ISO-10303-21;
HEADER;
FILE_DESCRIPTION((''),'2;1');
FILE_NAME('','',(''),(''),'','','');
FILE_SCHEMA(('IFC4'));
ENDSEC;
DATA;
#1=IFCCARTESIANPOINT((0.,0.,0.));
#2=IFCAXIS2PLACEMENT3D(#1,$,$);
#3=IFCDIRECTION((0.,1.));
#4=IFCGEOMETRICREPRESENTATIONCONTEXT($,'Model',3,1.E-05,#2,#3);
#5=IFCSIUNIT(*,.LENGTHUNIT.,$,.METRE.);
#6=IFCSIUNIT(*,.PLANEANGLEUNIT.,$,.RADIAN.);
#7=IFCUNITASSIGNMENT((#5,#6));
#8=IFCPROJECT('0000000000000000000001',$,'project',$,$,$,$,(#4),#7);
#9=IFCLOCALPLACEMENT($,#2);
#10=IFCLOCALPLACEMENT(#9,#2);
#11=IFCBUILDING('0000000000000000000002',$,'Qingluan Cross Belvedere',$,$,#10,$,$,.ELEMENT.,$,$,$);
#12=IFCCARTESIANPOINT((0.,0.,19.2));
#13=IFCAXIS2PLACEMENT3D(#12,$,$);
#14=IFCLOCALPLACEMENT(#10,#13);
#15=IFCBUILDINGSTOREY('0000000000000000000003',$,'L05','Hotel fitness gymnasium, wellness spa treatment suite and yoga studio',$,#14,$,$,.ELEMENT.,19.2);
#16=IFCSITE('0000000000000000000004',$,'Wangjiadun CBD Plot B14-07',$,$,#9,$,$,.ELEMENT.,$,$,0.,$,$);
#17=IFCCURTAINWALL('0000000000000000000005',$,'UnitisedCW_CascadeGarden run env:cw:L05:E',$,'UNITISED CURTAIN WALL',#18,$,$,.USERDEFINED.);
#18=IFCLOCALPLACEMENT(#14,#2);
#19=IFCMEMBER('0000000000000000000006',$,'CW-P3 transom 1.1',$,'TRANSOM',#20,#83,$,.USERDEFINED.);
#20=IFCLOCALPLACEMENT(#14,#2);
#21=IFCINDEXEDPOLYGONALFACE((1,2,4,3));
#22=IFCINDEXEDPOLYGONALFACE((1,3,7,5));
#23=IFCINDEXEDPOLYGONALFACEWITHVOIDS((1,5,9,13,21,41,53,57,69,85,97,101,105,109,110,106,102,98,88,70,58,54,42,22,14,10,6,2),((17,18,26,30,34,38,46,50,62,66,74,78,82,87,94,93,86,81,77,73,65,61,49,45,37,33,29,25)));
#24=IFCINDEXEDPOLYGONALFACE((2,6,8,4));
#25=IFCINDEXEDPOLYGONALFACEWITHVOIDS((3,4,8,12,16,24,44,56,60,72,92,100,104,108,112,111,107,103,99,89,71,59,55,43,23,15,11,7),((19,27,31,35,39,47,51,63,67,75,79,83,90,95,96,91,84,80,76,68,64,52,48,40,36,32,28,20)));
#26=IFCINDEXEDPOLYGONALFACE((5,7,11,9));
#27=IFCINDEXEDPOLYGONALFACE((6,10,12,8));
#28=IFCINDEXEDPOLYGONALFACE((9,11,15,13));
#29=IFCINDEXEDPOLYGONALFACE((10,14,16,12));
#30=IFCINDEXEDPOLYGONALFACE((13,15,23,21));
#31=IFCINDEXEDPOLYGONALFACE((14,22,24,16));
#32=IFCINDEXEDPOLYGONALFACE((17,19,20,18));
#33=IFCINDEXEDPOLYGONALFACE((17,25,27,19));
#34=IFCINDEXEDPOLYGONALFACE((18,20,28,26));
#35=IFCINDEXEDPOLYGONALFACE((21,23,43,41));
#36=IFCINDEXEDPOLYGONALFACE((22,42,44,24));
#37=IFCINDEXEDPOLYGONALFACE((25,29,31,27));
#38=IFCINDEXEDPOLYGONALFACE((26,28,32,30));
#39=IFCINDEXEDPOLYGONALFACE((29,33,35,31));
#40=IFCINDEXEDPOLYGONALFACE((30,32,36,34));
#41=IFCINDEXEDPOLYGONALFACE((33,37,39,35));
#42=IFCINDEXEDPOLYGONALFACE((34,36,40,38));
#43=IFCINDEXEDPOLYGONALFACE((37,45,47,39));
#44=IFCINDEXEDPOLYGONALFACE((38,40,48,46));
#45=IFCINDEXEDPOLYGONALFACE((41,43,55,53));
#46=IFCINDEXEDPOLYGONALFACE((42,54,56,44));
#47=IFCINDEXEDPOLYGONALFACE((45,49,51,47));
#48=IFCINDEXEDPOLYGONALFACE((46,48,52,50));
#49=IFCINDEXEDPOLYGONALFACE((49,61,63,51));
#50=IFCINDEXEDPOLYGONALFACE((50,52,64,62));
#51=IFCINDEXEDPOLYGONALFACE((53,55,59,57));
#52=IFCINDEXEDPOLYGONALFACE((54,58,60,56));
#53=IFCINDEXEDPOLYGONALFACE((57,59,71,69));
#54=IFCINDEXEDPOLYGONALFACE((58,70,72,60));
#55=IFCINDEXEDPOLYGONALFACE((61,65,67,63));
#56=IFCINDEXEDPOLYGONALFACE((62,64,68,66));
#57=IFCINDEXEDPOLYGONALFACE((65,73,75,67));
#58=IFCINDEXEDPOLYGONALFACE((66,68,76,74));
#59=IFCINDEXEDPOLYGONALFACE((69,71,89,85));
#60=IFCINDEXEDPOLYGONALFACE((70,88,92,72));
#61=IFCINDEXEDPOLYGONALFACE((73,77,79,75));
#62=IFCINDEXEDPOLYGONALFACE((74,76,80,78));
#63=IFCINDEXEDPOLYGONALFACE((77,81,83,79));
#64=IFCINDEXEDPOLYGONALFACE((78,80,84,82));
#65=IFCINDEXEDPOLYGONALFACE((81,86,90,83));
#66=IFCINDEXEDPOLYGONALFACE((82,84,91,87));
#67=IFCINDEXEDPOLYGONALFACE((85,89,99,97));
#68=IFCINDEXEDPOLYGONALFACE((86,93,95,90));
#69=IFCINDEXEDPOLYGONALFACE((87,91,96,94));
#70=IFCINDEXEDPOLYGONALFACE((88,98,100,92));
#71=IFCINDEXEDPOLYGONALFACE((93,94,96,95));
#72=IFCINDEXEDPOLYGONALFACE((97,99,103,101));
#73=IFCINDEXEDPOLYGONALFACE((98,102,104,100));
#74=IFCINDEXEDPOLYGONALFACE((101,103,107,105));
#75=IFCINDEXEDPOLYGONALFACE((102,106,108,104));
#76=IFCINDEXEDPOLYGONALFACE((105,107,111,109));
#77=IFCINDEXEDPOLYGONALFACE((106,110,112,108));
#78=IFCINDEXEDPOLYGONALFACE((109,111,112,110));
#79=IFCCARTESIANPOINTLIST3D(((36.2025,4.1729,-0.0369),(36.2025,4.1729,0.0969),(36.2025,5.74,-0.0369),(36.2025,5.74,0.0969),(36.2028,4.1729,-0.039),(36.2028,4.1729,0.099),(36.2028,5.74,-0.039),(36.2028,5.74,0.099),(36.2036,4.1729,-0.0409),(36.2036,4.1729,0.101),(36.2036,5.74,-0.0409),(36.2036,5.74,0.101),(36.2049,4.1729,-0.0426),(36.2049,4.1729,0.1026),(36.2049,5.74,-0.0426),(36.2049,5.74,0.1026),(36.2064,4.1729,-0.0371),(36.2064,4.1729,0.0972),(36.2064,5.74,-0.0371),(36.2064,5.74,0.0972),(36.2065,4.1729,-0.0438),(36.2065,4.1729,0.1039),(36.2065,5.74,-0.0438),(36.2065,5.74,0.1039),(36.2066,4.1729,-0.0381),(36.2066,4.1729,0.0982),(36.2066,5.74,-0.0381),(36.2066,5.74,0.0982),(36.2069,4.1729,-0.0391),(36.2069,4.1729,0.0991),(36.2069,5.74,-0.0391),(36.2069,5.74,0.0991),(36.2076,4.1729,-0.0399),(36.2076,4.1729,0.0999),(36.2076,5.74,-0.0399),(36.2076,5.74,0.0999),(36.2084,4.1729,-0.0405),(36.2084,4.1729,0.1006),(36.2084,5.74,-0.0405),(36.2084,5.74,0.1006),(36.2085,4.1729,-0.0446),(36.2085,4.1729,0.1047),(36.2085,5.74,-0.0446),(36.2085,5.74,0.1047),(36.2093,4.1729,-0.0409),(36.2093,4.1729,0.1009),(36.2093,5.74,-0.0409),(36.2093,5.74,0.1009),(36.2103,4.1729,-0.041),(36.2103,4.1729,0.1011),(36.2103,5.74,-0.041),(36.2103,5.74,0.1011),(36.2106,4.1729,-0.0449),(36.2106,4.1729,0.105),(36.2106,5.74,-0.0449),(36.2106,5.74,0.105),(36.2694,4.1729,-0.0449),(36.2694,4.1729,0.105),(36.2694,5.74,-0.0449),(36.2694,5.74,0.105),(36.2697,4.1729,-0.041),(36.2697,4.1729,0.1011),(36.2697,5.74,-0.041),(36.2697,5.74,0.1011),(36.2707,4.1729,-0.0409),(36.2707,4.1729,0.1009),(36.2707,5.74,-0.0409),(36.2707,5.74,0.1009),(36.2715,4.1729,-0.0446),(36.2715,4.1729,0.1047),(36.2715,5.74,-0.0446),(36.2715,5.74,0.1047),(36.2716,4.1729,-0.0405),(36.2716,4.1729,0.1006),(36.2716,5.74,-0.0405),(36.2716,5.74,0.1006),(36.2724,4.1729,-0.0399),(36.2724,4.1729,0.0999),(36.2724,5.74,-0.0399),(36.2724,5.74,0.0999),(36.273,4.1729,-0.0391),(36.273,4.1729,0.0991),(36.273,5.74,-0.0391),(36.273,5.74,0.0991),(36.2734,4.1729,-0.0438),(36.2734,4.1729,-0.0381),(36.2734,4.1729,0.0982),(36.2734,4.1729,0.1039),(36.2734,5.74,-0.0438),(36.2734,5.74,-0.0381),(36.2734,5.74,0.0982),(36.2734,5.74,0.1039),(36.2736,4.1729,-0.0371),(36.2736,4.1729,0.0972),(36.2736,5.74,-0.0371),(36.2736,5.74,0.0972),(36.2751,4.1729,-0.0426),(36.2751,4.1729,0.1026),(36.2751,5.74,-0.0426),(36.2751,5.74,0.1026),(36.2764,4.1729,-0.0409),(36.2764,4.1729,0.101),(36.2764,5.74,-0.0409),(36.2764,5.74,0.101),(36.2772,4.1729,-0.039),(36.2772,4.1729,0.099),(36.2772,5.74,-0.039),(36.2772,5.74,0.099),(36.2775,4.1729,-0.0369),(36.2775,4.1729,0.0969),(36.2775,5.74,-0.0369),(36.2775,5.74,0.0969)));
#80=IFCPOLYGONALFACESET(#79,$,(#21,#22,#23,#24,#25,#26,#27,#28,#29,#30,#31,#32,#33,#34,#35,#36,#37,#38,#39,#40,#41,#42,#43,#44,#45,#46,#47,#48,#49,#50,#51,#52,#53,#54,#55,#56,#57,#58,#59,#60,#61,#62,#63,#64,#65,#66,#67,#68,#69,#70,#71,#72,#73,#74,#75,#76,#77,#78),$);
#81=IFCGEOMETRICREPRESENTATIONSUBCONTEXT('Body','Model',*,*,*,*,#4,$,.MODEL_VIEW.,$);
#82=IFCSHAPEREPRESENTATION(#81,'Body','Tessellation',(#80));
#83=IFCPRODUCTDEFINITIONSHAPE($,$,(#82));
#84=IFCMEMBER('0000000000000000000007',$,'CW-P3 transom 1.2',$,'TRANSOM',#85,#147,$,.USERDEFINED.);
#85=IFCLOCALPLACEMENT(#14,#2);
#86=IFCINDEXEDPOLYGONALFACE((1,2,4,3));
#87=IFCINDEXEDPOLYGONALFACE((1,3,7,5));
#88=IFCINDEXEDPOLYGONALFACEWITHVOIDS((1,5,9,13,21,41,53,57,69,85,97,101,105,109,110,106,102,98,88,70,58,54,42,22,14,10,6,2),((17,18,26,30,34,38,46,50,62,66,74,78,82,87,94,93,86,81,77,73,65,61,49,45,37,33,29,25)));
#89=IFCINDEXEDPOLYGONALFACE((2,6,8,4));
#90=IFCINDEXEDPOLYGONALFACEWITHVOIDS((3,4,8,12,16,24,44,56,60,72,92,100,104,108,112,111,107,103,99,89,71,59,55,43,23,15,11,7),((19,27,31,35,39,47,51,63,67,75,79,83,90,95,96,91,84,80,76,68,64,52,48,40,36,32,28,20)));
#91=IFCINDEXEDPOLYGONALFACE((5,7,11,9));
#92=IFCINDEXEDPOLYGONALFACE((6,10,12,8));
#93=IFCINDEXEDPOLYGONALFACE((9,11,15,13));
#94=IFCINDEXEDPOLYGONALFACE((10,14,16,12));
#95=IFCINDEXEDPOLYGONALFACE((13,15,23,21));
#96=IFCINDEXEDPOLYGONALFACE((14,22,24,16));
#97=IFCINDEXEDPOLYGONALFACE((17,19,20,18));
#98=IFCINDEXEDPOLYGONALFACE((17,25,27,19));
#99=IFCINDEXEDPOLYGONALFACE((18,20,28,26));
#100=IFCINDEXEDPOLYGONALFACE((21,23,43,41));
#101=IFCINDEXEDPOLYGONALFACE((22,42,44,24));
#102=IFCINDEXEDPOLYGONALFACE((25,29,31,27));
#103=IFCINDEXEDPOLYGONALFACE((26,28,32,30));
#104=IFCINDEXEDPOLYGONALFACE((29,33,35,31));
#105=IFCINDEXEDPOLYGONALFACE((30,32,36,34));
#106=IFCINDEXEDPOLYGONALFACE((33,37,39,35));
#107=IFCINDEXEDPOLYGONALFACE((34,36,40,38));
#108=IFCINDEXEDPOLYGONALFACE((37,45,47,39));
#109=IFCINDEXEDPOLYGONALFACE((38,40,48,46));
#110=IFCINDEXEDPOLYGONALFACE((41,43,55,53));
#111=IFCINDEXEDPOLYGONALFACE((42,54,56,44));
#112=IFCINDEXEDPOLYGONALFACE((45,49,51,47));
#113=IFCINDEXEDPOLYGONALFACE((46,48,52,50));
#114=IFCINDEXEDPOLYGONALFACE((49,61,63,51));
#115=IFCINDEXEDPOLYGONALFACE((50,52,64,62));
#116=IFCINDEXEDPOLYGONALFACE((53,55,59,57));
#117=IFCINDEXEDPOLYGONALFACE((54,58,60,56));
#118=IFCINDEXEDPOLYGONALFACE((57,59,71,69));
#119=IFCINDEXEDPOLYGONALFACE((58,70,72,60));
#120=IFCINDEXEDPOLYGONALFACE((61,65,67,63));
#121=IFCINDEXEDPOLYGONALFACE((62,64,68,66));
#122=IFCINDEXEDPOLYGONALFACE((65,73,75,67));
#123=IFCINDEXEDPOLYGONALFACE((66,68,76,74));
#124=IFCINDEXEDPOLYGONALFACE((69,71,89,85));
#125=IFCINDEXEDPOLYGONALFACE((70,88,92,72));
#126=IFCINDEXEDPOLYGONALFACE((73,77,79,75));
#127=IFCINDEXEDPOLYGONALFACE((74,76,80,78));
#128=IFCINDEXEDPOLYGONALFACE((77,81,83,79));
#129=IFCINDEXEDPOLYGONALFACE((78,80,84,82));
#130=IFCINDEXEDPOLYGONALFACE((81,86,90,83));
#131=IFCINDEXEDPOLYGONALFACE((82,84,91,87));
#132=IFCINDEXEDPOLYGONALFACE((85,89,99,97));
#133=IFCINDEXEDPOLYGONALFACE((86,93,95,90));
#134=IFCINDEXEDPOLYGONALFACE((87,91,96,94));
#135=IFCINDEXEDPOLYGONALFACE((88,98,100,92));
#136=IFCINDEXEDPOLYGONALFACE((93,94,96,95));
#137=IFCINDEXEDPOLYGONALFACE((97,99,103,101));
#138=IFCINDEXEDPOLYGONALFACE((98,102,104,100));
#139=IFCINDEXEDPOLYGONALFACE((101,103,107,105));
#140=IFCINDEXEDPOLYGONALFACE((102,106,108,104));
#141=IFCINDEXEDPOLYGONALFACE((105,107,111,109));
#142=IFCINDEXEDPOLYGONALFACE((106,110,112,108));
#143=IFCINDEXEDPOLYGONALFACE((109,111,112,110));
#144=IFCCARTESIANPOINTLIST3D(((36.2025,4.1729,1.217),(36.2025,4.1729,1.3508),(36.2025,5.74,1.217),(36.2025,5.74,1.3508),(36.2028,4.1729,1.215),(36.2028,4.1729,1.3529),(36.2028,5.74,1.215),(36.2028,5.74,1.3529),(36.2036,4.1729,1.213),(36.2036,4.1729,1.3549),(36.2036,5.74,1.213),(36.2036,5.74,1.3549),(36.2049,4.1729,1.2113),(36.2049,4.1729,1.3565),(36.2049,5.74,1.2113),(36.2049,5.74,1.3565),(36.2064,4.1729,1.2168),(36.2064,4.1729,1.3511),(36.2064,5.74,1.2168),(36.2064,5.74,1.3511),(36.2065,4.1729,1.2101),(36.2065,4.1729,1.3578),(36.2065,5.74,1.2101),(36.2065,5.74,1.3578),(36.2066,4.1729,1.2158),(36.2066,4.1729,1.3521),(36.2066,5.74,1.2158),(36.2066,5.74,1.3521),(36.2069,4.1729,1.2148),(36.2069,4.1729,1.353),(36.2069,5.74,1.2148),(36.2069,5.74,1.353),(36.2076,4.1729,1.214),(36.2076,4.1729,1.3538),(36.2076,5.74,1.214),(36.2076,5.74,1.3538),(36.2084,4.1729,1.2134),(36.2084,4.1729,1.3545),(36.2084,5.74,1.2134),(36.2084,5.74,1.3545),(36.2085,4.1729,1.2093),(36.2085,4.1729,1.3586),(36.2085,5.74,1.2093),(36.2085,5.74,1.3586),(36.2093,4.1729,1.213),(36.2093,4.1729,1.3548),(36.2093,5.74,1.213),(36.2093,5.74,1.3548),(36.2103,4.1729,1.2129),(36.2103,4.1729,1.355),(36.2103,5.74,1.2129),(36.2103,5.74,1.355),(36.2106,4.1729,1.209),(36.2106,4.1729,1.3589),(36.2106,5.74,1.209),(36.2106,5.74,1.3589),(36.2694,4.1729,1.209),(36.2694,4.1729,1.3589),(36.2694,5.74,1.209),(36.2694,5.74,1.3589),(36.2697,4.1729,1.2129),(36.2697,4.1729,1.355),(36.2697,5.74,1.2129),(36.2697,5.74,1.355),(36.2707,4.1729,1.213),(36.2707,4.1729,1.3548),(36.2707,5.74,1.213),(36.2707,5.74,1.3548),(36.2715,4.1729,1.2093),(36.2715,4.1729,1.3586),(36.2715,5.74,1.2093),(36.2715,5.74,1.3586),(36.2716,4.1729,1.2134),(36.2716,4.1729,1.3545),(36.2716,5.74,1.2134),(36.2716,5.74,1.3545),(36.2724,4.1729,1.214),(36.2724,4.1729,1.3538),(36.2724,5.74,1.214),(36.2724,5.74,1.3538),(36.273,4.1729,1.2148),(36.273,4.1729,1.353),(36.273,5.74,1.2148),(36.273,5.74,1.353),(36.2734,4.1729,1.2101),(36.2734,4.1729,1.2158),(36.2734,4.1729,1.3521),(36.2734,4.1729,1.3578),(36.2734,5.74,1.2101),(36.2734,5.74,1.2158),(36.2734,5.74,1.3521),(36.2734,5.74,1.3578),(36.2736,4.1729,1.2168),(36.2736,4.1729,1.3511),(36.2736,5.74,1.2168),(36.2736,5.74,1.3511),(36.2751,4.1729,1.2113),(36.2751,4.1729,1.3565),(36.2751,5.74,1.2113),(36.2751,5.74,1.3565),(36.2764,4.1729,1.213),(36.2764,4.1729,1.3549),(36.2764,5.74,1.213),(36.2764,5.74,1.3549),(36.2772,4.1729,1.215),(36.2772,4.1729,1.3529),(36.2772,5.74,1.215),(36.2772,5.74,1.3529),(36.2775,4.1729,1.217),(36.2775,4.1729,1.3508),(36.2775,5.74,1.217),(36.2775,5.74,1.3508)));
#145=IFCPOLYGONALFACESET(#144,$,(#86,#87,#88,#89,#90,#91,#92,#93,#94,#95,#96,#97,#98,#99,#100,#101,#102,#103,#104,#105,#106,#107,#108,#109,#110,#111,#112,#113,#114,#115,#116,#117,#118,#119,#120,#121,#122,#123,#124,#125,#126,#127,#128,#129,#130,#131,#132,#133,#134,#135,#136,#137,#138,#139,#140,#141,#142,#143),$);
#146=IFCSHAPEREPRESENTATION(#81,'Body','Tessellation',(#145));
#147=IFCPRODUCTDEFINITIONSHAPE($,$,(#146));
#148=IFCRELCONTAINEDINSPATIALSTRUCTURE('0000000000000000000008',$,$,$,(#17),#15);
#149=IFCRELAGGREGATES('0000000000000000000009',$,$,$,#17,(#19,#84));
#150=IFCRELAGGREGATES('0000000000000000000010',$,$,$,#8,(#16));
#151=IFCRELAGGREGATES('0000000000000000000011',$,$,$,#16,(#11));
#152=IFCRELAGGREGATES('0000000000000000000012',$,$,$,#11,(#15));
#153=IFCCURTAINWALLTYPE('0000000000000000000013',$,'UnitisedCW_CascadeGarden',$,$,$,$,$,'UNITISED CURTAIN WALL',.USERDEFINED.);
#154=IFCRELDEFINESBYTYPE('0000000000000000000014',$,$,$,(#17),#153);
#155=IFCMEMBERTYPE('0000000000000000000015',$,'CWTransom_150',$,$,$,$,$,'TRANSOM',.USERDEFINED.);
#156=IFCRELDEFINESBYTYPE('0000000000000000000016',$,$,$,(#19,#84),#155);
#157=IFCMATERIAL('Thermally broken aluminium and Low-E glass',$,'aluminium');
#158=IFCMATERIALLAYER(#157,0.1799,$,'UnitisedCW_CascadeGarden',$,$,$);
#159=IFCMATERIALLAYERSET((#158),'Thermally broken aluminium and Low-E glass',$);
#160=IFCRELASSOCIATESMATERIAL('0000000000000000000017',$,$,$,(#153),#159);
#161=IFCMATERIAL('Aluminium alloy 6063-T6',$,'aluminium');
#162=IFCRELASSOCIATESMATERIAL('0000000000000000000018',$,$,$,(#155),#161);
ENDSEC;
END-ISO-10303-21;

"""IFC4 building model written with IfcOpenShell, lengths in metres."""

from ifc_helpers import new_model, si_unit, direction, frame, origin, origin_2d, place, context, subcontext, project, spatial, hollow_rectangle, extrude, material, layer, layer_set, material_profile, profile_set, type_object, element, aggregate, save


model = new_model("IFC4")

# Units and contexts
model_context = context("Model", 3, precision=1e-05, world=origin(), true_north=direction((0.0, 1.0)))
body_context = subcontext(model_context, "Body", "Model", "MODEL_VIEW")
ifc_project = project(units=[si_unit("LENGTHUNIT", "METRE"), si_unit("PLANEANGLEUNIT", "RADIAN")], contexts=[model_context])

# Site, building, storey
site_placement = place(None, origin())
site = spatial("IfcSite", under=ifc_project, at=site_placement, Name="Wangjiadun CBD Plot B14-07", CompositionType="ELEMENT", RefElevation=0.0)
building_placement = place(site_placement, origin())
building = spatial("IfcBuilding", under=site, at=building_placement, Name="Qingluan Cross Belvedere", CompositionType="ELEMENT")
storey_placement = place(building_placement, frame((0.0, 0.0, 19.2)))
storey = spatial("IfcBuildingStorey", under=building, at=storey_placement, Name="L05", Description="Hotel fitness gymnasium, wellness spa treatment suite and yoga studio", CompositionType="ELEMENT", Elevation=19.2)

# Curtain wall, members
ifc_material_1 = material(Name="Thermally broken aluminium and Low-E glass", Category="aluminium")
ifc_layer_1 = layer(ifc_material_1, 0.1799, Name="UnitisedCW_CascadeGarden")
ifc_layer_set_1 = layer_set([ifc_layer_1], Name="Thermally broken aluminium and Low-E glass")
curtain_wall_type = type_object("IfcCurtainWallType", Name="UnitisedCW_CascadeGarden", ElementType="UNITISED CURTAIN WALL", PredefinedType="USERDEFINED", material=ifc_layer_set_1)
curtain_wall_placement = place(storey_placement, origin())
curtain_wall = element("IfcCurtainWall", 1, at=curtain_wall_placement, inside=storey, type_object=curtain_wall_type, Name="UnitisedCW_CascadeGarden run env:cw:L05:E", ObjectType="UNITISED CURTAIN WALL", PredefinedType="USERDEFINED")
ifc_material_2 = material(Name="Aluminium alloy 6063-T6", Category="aluminium")
ifc_material_profile_1 = material_profile(ifc_material_2, hollow_rectangle(XDim=0.075, YDim=0.1499, WallThickness=0.0039, InnerFilletRadius=0.0039, OuterFilletRadius=0.0081, at=origin_2d()), Name="CWT150x75x4")
ifc_profile_set_1 = profile_set([ifc_material_profile_1], Name="Aluminium alloy 6063-T6")
member_type_1 = type_object("IfcMemberType", Name="CWTransom_150", ElementType="TRANSOM", PredefinedType="USERDEFINED", material=ifc_profile_set_1)
member_1_placement = place(storey_placement, frame((36.24, 5.74, 0.03), z_axis=(0.0, -1.0, 0.0), x_axis=(1.0, 0.0, 0.0)))
member_1 = element("IfcMember", 2, at=member_1_placement, type_object=member_type_1, Name="CW-P3 transom 1.1", ObjectType="TRANSOM", PredefinedType="USERDEFINED", context=body_context, shape_type="SweptSolid", body=[
    extrude(hollow_rectangle(XDim=0.075, YDim=0.1499, WallThickness=0.0039, InnerFilletRadius=0.0039, OuterFilletRadius=0.0081, at=origin_2d()), origin(), (0.0, 0.0, 1.0), 1.5671),
])
member_2_placement = place(storey_placement, frame((36.24, 5.74, 1.2839), z_axis=(0.0, -1.0, 0.0), x_axis=(1.0, 0.0, 0.0)))
member_2 = element("IfcMember", 3, at=member_2_placement, type_object=member_type_1, Name="CW-P3 transom 1.2", ObjectType="TRANSOM", PredefinedType="USERDEFINED", context=body_context, shape_type="SweptSolid", body=[
    extrude(hollow_rectangle(XDim=0.075, YDim=0.1499, WallThickness=0.0039, InnerFilletRadius=0.0039, OuterFilletRadius=0.0081, at=origin_2d()), origin(), (0.0, 0.0, 1.0), 1.5671),
])
aggregate(curtain_wall, [member_1, member_2])

save(model, "model.ifc")
